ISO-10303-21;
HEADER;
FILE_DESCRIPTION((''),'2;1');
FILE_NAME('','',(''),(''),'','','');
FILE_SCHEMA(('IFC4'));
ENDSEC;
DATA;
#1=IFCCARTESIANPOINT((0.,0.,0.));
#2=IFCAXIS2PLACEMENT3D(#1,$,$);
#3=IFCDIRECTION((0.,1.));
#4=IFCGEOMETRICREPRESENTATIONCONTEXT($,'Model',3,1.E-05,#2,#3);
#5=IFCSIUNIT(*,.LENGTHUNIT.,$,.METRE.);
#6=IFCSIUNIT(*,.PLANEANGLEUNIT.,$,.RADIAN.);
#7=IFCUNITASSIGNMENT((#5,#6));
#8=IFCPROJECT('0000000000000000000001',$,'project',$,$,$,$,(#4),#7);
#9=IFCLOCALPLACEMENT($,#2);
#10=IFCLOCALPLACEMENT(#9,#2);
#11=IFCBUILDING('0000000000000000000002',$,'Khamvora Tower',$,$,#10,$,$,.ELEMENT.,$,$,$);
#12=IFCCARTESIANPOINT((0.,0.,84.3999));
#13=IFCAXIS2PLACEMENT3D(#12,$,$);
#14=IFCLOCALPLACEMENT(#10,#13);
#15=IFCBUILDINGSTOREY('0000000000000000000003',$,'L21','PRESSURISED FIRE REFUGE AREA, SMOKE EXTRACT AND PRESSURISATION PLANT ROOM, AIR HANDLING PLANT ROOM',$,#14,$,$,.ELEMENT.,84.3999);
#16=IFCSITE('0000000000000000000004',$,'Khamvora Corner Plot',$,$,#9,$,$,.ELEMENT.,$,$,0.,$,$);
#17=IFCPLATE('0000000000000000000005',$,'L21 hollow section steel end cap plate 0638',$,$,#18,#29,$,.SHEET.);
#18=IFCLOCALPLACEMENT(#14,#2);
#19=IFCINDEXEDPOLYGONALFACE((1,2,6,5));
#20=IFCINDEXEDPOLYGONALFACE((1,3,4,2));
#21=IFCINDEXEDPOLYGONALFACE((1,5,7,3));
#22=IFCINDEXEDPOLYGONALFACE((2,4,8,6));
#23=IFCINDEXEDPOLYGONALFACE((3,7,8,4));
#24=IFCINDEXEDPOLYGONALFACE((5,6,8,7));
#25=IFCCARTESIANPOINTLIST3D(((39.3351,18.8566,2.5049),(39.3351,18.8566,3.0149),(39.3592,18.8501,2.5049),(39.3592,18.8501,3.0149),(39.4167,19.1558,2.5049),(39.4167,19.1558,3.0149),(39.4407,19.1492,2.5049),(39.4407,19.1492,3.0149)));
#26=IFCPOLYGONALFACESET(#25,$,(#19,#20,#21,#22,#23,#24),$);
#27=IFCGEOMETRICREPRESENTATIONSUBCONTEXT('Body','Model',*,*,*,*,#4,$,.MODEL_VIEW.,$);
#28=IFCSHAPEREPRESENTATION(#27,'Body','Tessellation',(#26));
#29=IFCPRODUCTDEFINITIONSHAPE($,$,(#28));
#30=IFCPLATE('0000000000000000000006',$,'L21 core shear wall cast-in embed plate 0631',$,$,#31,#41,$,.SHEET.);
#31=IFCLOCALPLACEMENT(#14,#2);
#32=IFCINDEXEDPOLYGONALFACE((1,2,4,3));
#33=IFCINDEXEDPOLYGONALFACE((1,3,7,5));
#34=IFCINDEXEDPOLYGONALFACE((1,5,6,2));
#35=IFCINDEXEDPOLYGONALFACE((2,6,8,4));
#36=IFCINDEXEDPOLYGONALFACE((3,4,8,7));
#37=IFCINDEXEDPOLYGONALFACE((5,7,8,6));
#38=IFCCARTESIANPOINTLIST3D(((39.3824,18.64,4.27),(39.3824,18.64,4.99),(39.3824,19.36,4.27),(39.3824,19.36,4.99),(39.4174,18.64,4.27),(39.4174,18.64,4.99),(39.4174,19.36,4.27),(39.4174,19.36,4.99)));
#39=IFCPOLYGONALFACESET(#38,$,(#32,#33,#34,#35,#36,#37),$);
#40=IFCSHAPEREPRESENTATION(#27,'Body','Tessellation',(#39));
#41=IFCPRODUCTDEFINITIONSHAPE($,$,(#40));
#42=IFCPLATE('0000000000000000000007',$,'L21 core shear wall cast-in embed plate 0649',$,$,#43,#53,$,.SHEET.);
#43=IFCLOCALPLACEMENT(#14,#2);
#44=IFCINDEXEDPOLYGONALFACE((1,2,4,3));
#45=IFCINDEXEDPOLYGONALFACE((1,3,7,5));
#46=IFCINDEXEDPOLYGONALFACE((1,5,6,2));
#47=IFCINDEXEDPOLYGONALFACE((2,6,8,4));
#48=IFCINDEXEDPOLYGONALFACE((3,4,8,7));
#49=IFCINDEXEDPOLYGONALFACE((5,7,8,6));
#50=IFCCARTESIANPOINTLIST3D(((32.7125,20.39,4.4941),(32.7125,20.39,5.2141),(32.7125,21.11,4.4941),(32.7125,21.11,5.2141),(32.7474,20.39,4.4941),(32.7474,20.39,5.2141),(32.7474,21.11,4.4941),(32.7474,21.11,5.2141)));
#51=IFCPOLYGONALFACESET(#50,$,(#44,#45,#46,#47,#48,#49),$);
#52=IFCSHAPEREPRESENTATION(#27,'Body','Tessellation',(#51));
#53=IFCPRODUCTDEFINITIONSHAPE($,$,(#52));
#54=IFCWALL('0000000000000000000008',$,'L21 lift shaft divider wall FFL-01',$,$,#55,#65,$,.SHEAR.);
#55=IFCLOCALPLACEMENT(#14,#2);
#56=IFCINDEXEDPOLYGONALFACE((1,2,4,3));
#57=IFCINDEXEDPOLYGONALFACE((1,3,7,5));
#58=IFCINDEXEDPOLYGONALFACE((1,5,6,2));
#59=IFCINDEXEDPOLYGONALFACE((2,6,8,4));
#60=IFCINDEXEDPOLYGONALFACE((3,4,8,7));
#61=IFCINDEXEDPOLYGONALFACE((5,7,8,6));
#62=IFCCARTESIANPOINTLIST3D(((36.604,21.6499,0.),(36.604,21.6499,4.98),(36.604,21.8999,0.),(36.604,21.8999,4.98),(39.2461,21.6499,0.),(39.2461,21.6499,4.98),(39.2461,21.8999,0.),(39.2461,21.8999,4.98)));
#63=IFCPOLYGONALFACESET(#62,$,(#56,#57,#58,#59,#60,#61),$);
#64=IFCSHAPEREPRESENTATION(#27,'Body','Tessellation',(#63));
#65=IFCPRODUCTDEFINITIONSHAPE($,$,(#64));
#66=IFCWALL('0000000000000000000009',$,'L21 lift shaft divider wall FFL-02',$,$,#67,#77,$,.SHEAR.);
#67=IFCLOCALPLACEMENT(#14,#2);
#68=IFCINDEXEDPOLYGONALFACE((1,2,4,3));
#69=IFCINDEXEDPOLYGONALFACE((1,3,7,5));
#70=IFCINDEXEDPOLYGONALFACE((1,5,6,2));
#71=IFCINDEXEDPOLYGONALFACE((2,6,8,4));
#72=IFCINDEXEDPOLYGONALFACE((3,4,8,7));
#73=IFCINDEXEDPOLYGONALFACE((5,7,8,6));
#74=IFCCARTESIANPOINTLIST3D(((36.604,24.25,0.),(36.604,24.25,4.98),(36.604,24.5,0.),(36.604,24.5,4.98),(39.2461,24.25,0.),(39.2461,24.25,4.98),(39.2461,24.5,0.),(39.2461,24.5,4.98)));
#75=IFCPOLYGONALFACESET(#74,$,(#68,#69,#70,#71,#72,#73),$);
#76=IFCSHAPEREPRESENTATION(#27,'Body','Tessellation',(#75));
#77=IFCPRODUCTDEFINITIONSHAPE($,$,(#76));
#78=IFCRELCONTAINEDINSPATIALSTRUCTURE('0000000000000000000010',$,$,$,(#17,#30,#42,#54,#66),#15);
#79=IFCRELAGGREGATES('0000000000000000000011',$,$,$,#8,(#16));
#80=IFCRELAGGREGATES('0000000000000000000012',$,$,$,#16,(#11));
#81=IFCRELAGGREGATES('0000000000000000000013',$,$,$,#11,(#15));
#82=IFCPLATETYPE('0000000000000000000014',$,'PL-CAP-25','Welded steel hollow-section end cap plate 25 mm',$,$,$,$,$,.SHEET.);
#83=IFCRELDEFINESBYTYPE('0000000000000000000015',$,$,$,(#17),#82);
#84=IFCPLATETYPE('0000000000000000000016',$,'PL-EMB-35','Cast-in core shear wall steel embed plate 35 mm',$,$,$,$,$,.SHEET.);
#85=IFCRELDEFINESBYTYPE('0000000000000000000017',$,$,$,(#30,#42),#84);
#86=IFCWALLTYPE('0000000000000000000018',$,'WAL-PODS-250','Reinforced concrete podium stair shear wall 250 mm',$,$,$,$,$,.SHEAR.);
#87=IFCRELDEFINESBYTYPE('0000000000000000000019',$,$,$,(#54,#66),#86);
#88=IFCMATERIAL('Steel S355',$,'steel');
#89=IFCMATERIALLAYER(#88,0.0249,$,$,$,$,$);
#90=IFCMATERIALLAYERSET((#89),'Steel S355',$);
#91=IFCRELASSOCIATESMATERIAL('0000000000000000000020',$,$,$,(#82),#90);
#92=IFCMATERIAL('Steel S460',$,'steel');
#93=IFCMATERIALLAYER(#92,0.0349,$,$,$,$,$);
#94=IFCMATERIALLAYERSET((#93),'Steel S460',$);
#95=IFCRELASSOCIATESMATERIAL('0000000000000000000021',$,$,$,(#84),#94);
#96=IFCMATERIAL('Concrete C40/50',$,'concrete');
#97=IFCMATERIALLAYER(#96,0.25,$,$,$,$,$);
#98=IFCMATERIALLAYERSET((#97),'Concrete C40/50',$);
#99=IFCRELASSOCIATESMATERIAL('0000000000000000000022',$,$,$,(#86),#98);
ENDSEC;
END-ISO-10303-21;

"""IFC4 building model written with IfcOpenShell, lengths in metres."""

from ifc_helpers import new_model, si_unit, direction, frame, frame_2d, origin, origin_2d, place, context, subcontext, project, spatial, rectangle, extrude, material, layer, layer_set, type_object, element, save


model = new_model("IFC4")

# Units and contexts
model_context = context("Model", 3, precision=1e-05, world=origin(), true_north=direction((0.0, 1.0)))
body_context = subcontext(model_context, "Body", "Model", "MODEL_VIEW")
ifc_project = project(units=[si_unit("LENGTHUNIT", "METRE"), si_unit("PLANEANGLEUNIT", "RADIAN")], contexts=[model_context])

# Site, building, storey
site_placement = place(None, origin())
site = spatial("IfcSite", under=ifc_project, at=site_placement, Name="Khamvora Corner Plot", CompositionType="ELEMENT", RefElevation=0.0)
building_placement = place(site_placement, origin())
building = spatial("IfcBuilding", under=site, at=building_placement, Name="Khamvora Tower", CompositionType="ELEMENT")
storey_placement = place(building_placement, frame((0.0, 0.0, 84.3999)))
storey = spatial("IfcBuildingStorey", under=building, at=storey_placement, Name="L21", Description="PRESSURISED FIRE REFUGE AREA, SMOKE EXTRACT AND PRESSURISATION PLANT ROOM, AIR HANDLING PLANT ROOM", CompositionType="ELEMENT", Elevation=84.3999)

# Shared definitions
ifc_material_1 = material(Name="Steel S460", Category="steel")

# Shared definitions
ifc_material_2 = material(Name="Steel S355", Category="steel")

# Plates
ifc_layer_1 = layer(ifc_material_2, 0.0249)
ifc_layer_set_1 = layer_set([ifc_layer_1], Name="Steel S355")
plate_type_1 = type_object("IfcPlateType", Name="PL-CAP-25", Description="Welded steel hollow-section end cap plate 25 mm", PredefinedType="SHEET", material=ifc_layer_set_1)
for number, where, z_axis, x_axis, name in (
    (1, (39.3879, 19.0029, 2.5049), (0.0, 0.0, 1.0), (0.964764, -0.263115, 0.0), "L21 hollow section steel end cap plate 0638"),
):
    element("IfcPlate", number, at=place(storey_placement, frame(where, z_axis=z_axis, x_axis=x_axis)), inside=storey, type_object=plate_type_1, Name=name, PredefinedType="SHEET", context=body_context, shape_type="SweptSolid", body=[
        extrude(rectangle(XDim=0.0249, YDim=0.3101, at=origin_2d()), origin(), (0.0, 0.0, 1.0), 0.51),
    ])
ifc_layer_2 = layer(ifc_material_1, 0.0349)
ifc_layer_set_2 = layer_set([ifc_layer_2], Name="Steel S460")
plate_type_2 = type_object("IfcPlateType", Name="PL-EMB-35", Description="Cast-in core shear wall steel embed plate 35 mm", PredefinedType="SHEET", material=ifc_layer_set_2)
for number, where, z_axis, x_axis, name in (
    (2, (39.3999, 19.0, 4.27), (0.0, 0.0, 1.0), (1.0, 0.0, 0.0), "L21 core shear wall cast-in embed plate 0631"),
    (3, (32.73, 20.75, 4.4941), (0.0, 0.0, 1.0), (1.0, 0.0, 0.0), "L21 core shear wall cast-in embed plate 0649"),
):
    element("IfcPlate", number, at=place(storey_placement, frame(where, z_axis=z_axis, x_axis=x_axis)), inside=storey, type_object=plate_type_2, Name=name, PredefinedType="SHEET", context=body_context, shape_type="SweptSolid", body=[
        extrude(rectangle(XDim=0.0349, YDim=0.72, at=origin_2d()), origin(), (0.0, 0.0, 1.0), 0.72),
    ])

# Walls
ifc_material_3 = material(Name="Concrete C40/50", Category="concrete")
ifc_layer_3 = layer(ifc_material_3, 0.25)
ifc_layer_set_3 = layer_set([ifc_layer_3], Name="Concrete C40/50")
wall_type_1 = type_object("IfcWallType", Name="WAL-PODS-250", Description="Reinforced concrete podium stair shear wall 250 mm", PredefinedType="SHEAR", material=ifc_layer_set_3)
for number, where, z_axis, x_axis, name in (
    (4, (36.604, 21.7749, 0.0), (0.0, 0.0, 1.0), (1.0, 0.0, 0.0), "L21 lift shaft divider wall FFL-01"),
    (5, (36.604, 24.375, 0.0), (0.0, 0.0, 1.0), (1.0, 0.0, 0.0), "L21 lift shaft divider wall FFL-02"),
):
    element("IfcWall", number, at=place(storey_placement, frame(where, z_axis=z_axis, x_axis=x_axis)), inside=storey, type_object=wall_type_1, Name=name, PredefinedType="SHEAR", context=body_context, shape_type="SweptSolid", body=[
        extrude(rectangle(XDim=2.6421, YDim=0.25, at=frame_2d((1.321, 0.0))), origin(), (0.0, 0.0, 1.0), 4.98),
    ])

save(model, "model.ifc")
